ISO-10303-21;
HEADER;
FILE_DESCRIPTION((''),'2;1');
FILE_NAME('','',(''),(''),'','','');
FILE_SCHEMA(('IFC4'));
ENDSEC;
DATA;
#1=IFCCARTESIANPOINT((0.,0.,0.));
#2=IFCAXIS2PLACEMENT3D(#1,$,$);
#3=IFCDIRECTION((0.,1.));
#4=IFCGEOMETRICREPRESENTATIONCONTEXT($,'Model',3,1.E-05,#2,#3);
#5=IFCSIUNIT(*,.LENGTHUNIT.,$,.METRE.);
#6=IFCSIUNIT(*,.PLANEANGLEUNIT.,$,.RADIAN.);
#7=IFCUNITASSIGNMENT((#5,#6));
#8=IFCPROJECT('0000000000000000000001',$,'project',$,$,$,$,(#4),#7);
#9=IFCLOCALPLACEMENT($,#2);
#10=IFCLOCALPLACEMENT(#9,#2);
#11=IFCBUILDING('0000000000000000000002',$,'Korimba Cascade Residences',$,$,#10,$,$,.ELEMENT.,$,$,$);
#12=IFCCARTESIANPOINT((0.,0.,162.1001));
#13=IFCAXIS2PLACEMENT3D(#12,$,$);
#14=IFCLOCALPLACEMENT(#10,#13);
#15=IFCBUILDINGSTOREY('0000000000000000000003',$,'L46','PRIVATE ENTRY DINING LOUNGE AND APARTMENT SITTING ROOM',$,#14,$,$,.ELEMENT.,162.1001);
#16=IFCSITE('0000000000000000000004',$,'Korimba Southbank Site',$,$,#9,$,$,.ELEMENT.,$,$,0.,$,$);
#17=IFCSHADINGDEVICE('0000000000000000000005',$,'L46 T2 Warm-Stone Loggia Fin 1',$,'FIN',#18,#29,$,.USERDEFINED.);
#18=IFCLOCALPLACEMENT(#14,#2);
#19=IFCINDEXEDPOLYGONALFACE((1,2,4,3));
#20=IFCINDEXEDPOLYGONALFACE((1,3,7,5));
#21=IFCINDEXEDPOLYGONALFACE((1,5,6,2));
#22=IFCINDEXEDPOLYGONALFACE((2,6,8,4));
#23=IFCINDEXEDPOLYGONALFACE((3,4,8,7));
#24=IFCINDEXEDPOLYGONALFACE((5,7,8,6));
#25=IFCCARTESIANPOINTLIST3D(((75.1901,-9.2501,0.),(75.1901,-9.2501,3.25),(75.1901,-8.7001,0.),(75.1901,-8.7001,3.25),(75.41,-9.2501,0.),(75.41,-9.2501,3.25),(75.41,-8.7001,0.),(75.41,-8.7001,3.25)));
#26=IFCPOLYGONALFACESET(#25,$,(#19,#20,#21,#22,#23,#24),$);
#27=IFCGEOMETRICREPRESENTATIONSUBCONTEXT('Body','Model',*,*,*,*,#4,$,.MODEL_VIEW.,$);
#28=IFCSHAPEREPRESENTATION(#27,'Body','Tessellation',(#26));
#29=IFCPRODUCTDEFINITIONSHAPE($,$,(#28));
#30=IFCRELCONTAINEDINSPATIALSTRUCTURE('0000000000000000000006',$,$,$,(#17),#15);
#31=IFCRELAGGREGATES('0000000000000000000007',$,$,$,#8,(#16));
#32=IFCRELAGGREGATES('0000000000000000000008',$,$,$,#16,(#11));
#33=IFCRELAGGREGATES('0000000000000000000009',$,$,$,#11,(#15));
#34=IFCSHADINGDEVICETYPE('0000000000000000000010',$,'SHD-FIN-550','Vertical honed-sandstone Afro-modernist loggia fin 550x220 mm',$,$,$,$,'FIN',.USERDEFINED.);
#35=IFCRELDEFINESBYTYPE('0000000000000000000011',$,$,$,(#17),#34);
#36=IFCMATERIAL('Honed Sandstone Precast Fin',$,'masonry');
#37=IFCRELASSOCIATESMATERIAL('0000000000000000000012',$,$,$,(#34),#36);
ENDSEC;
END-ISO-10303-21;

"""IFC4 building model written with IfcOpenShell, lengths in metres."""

from ifc_helpers import new_model, si_unit, direction, frame, origin, origin_2d, place, context, subcontext, project, spatial, rectangle, extrude, material, type_object, element, save


model = new_model("IFC4")

# Units and contexts
model_context = context("Model", 3, precision=1e-05, world=origin(), true_north=direction((0.0, 1.0)))
body_context = subcontext(model_context, "Body", "Model", "MODEL_VIEW")
ifc_project = project(units=[si_unit("LENGTHUNIT", "METRE"), si_unit("PLANEANGLEUNIT", "RADIAN")], contexts=[model_context])

# Site, building, storey
site_placement = place(None, origin())
site = spatial("IfcSite", under=ifc_project, at=site_placement, Name="Korimba Southbank Site", CompositionType="ELEMENT", RefElevation=0.0)
building_placement = place(site_placement, origin())
building = spatial("IfcBuilding", under=site, at=building_placement, Name="Korimba Cascade Residences", CompositionType="ELEMENT")
storey_placement = place(building_placement, frame((0.0, 0.0, 162.1001)))
storey = spatial("IfcBuildingStorey", under=building, at=storey_placement, Name="L46", Description="PRIVATE ENTRY DINING LOUNGE AND APARTMENT SITTING ROOM", CompositionType="ELEMENT", Elevation=162.1001)

# Shading device
ifc_material_1 = material(Name="Honed Sandstone Precast Fin", Category="masonry")
shading_device_type = type_object("IfcShadingDeviceType", Name="SHD-FIN-550", Description="Vertical honed-sandstone Afro-modernist loggia fin 550x220 mm", ElementType="FIN", PredefinedType="USERDEFINED", material=ifc_material_1)
shading_device_placement = place(storey_placement, frame((75.3, -8.9751, 0.0), z_axis=(0.0, 0.0, 1.0), x_axis=(1.0, 0.0, 0.0)))
element("IfcShadingDevice", 1, at=shading_device_placement, inside=storey, type_object=shading_device_type, Name="L46 T2 Warm-Stone Loggia Fin 1", ObjectType="FIN", PredefinedType="USERDEFINED", context=body_context, shape_type="SweptSolid", body=[
    extrude(rectangle(XDim=0.22, YDim=0.55, at=origin_2d()), origin(), (0.0, 0.0, 1.0), 3.25),
])

save(model, "model.ifc")
